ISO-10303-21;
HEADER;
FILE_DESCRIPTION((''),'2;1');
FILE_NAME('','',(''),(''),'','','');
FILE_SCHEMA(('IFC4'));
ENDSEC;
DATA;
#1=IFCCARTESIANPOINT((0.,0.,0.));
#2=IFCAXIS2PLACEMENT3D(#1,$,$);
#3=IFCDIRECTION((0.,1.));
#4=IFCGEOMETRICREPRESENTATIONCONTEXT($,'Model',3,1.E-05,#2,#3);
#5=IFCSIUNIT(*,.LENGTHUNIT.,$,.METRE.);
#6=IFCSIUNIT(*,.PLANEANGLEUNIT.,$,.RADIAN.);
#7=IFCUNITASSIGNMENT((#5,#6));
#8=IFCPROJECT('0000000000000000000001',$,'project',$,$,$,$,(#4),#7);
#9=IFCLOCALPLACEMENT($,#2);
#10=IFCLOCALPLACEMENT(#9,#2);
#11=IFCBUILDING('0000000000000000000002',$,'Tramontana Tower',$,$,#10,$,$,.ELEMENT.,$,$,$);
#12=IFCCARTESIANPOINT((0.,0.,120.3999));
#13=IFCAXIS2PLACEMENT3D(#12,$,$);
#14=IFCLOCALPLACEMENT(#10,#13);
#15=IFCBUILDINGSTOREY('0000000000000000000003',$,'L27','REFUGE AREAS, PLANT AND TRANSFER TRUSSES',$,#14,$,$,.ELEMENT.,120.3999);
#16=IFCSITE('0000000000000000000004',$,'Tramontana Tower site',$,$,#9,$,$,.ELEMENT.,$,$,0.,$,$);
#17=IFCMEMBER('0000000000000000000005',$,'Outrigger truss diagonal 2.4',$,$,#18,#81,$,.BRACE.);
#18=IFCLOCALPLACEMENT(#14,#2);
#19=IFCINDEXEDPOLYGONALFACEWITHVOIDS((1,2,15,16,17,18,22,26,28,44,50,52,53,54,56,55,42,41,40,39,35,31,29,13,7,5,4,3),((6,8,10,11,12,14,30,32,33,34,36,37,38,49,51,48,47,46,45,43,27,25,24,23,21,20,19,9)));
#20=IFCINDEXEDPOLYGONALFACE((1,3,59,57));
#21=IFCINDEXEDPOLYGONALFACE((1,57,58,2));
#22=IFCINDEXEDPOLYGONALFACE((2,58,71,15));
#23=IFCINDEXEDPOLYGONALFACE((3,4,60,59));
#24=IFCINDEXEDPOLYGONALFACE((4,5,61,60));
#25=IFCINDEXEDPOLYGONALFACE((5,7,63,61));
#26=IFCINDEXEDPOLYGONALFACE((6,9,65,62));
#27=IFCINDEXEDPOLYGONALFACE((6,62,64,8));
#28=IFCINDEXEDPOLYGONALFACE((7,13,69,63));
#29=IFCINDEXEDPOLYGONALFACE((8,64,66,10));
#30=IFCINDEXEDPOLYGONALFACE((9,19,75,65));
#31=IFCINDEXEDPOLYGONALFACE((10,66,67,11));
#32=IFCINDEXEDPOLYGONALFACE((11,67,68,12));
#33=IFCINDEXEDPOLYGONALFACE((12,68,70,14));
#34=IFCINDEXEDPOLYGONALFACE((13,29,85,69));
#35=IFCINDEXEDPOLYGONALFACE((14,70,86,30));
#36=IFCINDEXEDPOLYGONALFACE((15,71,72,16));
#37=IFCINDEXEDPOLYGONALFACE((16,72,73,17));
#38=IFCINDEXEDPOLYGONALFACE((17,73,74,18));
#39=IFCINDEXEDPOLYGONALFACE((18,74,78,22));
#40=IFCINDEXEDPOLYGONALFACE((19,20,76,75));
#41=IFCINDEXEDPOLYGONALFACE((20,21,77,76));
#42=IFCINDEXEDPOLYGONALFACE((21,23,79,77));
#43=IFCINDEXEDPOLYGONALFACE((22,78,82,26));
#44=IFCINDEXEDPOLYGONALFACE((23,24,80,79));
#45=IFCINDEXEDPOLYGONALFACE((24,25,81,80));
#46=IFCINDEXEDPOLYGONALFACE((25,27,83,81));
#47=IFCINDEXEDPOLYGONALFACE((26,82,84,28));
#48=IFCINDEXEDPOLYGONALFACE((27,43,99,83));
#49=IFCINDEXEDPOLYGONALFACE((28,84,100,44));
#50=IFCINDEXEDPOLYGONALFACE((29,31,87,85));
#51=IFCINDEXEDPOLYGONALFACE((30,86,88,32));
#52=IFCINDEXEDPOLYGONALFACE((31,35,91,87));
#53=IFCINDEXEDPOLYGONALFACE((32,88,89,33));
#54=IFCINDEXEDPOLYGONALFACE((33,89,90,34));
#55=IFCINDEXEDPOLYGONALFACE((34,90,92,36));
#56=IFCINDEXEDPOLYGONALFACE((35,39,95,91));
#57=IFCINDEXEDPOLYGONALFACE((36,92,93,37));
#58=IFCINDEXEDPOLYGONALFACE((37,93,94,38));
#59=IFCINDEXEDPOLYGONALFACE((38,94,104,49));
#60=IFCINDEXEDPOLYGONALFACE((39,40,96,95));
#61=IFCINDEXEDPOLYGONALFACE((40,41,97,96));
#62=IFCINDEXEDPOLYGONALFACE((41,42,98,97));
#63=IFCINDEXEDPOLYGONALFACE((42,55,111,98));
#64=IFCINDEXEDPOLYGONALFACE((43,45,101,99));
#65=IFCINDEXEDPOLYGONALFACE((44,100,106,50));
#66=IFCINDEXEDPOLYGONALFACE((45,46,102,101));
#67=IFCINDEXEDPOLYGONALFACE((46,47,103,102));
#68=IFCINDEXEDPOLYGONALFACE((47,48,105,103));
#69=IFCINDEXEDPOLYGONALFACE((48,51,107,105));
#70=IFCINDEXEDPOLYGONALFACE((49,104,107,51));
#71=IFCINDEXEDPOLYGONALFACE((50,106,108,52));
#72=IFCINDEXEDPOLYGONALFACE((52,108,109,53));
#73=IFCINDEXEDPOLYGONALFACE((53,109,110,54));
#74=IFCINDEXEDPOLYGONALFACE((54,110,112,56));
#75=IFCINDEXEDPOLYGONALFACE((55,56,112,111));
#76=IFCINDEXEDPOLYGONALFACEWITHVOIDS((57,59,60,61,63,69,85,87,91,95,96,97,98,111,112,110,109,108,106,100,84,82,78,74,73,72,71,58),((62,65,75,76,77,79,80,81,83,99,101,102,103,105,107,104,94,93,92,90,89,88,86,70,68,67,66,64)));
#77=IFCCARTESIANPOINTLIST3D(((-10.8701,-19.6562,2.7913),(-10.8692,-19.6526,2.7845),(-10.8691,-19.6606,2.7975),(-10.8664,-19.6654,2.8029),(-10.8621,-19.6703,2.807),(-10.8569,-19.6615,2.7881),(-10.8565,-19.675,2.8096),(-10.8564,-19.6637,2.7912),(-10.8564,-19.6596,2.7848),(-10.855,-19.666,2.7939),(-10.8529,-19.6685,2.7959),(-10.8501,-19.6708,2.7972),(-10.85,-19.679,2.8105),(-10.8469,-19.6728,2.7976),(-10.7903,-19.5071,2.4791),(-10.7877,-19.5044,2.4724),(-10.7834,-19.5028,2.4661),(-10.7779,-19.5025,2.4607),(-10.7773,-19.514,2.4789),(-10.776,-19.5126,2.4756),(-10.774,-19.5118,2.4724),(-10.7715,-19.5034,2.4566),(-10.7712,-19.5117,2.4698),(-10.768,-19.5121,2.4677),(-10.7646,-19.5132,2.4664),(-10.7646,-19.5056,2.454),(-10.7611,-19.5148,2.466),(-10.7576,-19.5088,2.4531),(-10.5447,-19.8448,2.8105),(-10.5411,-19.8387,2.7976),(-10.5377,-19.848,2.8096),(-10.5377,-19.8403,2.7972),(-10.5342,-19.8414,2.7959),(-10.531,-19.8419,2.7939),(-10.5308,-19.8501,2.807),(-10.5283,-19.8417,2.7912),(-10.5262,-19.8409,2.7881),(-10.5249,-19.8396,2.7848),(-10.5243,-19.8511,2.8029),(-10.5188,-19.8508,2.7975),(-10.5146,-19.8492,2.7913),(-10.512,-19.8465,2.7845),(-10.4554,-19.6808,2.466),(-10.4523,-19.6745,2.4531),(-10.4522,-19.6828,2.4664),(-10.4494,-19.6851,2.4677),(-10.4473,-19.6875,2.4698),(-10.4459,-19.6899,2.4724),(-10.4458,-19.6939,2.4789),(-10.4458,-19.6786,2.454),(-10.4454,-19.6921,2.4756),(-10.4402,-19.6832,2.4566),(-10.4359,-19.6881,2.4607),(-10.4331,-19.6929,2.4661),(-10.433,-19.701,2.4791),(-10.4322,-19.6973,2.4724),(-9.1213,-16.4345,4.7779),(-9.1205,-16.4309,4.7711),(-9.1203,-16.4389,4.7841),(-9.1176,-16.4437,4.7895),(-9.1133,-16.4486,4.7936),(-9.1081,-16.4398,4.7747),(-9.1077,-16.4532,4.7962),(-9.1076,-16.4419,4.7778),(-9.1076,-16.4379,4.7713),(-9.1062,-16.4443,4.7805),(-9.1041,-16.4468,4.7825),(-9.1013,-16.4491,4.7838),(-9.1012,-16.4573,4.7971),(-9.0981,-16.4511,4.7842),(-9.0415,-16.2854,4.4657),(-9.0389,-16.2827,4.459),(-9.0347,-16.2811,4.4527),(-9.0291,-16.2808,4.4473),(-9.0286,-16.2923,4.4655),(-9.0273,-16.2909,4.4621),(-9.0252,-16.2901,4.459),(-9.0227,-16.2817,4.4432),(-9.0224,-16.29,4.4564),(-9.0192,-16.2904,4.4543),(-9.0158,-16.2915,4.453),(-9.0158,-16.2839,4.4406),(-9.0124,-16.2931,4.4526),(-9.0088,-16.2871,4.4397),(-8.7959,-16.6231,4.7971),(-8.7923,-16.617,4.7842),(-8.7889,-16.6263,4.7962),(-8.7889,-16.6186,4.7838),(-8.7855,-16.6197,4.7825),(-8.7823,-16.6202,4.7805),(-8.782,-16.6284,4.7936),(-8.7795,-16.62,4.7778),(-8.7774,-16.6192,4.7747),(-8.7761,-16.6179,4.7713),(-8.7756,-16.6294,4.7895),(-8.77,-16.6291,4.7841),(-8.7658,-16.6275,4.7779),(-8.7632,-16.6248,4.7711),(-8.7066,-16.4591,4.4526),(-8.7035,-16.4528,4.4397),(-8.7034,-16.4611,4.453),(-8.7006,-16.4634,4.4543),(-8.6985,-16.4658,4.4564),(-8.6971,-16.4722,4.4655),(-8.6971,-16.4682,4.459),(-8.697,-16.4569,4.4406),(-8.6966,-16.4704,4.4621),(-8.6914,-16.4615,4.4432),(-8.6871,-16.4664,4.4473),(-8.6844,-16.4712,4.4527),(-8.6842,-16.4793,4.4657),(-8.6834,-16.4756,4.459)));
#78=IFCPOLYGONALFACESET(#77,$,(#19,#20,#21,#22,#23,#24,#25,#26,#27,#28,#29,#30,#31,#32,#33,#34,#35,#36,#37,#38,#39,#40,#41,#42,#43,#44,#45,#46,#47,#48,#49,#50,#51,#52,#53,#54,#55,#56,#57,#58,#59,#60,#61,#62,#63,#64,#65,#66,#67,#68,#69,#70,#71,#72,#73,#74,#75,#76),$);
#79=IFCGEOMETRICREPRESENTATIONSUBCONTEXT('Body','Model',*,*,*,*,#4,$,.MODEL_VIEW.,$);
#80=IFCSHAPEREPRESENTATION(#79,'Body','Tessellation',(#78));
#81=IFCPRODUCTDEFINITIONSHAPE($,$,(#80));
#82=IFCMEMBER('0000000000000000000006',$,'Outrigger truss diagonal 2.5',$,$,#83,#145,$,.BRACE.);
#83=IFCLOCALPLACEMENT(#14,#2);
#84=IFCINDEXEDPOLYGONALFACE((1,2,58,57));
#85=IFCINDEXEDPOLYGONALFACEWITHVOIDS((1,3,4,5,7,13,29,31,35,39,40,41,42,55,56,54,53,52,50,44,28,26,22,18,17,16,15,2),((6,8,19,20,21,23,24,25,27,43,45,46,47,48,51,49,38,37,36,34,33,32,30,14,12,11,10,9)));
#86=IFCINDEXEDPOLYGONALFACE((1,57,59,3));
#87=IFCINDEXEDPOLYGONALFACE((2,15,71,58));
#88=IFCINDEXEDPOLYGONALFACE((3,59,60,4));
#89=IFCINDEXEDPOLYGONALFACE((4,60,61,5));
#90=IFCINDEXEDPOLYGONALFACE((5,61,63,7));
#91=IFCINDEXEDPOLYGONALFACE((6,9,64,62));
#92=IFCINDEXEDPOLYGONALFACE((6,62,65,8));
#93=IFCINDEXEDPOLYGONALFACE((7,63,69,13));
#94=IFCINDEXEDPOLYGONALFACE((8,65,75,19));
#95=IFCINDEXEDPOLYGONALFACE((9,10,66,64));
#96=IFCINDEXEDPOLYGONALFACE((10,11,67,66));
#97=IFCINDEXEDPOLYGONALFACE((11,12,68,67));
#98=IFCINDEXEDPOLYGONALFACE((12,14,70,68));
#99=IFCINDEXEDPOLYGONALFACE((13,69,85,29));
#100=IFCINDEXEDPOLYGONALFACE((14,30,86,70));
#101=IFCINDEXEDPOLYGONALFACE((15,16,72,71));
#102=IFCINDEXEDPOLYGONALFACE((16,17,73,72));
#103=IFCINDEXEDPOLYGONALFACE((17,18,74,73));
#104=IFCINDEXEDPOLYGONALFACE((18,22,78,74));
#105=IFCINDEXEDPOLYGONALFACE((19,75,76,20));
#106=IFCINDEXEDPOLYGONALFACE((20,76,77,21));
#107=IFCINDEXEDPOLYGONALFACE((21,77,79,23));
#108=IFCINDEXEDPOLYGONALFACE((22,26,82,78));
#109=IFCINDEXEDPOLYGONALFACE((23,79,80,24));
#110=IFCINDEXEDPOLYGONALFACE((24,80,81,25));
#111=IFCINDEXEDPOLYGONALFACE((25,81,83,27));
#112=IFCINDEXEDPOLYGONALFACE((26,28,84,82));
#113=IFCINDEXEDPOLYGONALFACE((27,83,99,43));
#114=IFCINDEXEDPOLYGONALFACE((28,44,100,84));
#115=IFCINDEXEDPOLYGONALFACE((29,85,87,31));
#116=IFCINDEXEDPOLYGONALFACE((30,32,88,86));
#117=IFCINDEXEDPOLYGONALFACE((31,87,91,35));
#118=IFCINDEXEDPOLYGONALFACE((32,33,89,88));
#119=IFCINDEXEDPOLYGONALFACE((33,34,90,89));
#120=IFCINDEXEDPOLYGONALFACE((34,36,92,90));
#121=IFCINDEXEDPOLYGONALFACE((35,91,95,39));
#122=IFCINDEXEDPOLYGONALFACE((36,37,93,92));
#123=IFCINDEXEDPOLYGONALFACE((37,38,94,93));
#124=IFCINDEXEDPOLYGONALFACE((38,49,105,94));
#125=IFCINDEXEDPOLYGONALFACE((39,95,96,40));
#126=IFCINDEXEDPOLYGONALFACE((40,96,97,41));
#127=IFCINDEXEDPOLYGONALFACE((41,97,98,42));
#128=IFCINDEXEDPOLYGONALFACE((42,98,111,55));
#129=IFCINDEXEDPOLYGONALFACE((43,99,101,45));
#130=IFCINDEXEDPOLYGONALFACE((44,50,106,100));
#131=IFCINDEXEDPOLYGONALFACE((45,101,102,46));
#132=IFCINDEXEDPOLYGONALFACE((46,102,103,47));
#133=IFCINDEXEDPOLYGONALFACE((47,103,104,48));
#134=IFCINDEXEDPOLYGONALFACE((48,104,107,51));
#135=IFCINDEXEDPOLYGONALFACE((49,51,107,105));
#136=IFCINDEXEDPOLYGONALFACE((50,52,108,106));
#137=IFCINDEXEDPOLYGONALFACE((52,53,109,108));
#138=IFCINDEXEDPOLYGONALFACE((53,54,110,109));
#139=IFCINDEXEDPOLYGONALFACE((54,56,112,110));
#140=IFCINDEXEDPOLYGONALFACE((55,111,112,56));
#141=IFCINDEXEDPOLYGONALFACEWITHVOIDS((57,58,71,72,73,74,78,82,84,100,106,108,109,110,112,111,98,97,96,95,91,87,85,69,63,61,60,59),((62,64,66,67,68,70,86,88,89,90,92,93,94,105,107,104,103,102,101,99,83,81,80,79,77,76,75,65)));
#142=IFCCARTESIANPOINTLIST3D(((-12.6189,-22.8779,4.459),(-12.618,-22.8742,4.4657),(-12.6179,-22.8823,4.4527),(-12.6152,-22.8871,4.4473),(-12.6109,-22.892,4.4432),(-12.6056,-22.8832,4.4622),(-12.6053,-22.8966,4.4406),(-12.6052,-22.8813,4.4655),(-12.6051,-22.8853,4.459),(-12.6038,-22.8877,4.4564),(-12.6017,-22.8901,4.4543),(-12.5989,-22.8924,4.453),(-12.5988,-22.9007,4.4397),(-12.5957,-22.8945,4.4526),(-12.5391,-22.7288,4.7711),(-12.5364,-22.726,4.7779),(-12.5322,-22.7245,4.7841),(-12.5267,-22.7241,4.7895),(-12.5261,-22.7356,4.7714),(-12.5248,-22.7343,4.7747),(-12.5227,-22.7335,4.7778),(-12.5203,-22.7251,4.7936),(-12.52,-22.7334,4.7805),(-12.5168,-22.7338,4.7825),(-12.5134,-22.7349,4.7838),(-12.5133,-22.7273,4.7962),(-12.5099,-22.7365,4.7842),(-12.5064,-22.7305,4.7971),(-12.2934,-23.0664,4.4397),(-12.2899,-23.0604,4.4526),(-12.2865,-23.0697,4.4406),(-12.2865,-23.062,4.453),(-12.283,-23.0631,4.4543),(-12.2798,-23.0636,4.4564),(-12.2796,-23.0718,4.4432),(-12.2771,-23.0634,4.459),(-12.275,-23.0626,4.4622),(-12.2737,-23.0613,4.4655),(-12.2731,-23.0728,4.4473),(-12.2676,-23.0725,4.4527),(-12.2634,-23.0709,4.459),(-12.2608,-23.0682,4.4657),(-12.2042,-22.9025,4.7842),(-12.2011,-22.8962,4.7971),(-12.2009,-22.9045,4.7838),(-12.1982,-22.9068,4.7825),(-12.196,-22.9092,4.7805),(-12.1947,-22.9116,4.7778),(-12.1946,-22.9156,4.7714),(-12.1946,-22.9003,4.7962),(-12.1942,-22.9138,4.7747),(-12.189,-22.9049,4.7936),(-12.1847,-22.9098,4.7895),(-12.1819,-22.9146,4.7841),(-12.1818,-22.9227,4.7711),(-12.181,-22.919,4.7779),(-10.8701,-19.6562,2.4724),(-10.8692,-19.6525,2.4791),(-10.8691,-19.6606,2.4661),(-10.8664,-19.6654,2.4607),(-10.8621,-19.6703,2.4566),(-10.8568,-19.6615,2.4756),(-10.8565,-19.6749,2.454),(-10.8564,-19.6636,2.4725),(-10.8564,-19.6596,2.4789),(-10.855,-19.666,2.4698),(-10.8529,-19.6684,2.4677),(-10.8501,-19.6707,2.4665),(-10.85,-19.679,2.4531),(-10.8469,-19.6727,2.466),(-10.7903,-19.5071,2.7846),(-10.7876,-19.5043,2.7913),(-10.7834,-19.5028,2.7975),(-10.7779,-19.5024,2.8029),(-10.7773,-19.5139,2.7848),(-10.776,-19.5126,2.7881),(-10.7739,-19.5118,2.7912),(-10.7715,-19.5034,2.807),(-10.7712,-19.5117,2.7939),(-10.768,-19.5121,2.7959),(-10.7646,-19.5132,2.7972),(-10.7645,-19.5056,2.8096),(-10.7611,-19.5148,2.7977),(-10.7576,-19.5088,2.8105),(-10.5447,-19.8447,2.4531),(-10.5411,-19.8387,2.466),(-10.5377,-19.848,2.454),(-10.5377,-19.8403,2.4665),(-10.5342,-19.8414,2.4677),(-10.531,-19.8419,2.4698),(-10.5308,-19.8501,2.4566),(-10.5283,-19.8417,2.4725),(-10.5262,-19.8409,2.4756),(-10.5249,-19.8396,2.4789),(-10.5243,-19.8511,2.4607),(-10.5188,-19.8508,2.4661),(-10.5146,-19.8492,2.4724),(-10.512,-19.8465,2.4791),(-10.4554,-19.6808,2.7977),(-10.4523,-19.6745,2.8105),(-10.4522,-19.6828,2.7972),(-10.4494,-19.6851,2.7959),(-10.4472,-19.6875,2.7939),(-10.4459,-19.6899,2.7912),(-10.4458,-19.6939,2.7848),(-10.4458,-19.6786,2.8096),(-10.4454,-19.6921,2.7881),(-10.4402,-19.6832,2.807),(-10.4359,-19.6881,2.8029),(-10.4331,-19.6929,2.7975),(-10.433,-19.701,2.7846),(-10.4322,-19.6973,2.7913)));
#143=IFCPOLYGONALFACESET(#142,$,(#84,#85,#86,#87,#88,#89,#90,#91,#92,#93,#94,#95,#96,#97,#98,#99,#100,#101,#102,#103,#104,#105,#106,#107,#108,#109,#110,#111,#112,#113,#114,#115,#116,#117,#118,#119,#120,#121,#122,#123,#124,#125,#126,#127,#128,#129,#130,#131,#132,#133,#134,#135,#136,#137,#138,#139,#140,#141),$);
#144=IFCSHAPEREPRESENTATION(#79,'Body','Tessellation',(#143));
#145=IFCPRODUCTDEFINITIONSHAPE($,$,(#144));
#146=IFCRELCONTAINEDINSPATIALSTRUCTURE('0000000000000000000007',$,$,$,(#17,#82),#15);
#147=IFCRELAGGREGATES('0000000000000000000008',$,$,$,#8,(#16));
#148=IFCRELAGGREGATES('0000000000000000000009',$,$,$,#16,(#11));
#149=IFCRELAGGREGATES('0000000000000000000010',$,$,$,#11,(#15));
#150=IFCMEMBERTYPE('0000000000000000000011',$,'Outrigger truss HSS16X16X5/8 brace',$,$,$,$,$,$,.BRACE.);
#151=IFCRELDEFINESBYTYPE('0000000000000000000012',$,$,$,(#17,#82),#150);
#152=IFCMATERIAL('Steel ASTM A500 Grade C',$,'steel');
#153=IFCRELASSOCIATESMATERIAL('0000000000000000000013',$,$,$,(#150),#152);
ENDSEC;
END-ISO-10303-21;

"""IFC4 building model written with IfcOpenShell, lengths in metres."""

from ifc_helpers import new_model, si_unit, direction, frame, origin, origin_2d, place, context, subcontext, project, spatial, hollow_rectangle, extrude, material, material_profile, profile_set, type_object, element, save


model = new_model("IFC4")

# Units and contexts
model_context = context("Model", 3, precision=1e-05, world=origin(), true_north=direction((0.0, 1.0)))
body_context = subcontext(model_context, "Body", "Model", "MODEL_VIEW")
ifc_project = project(units=[si_unit("LENGTHUNIT", "METRE"), si_unit("PLANEANGLEUNIT", "RADIAN")], contexts=[model_context])

# Site, building, storey
site_placement = place(None, origin())
site = spatial("IfcSite", under=ifc_project, at=site_placement, Name="Tramontana Tower site", CompositionType="ELEMENT", RefElevation=0.0)
building_placement = place(site_placement, origin())
building = spatial("IfcBuilding", under=site, at=building_placement, Name="Tramontana Tower", CompositionType="ELEMENT")
storey_placement = place(building_placement, frame((0.0, 0.0, 120.3999)))
storey = spatial("IfcBuildingStorey", under=building, at=storey_placement, Name="L27", Description="REFUGE AREAS, PLANT AND TRANSFER TRUSSES", CompositionType="ELEMENT", Elevation=120.3999)

# Members
ifc_material_1 = material(Name="Steel ASTM A500 Grade C", Category="steel")
ifc_material_profile_1 = material_profile(ifc_material_1, hollow_rectangle(XDim=0.4065, YDim=0.4065, WallThickness=0.0146, InnerFilletRadius=0.0146, OuterFilletRadius=0.0295, at=origin_2d()), Name="HSS16X16X5/8")
ifc_profile_set_1 = profile_set([ifc_material_profile_1], Name="Steel ASTM A500 Grade C")
member_type_1 = type_object("IfcMemberType", Name="Outrigger truss HSS16X16X5/8 brace", PredefinedType="BRACE", material=ifc_profile_set_1)
for number, where, z_axis, x_axis, name in (
    (1, (-8.9023, -16.4551, 4.6184), (-0.419432, -0.772696, -0.476464), (0.878869, -0.477064, 0.0), "Outrigger truss diagonal 2.4"),
    (2, (-10.6511, -19.6768, 2.6318), (-0.419432, -0.772696, 0.476464), (0.878869, -0.477064, 0.0), "Outrigger truss diagonal 2.5"),
):
    element("IfcMember", number, at=place(storey_placement, frame(where, z_axis=z_axis, x_axis=x_axis)), inside=storey, type_object=member_type_1, Name=name, PredefinedType="BRACE", context=body_context, shape_type="SweptSolid", body=[
        extrude(hollow_rectangle(XDim=0.4065, YDim=0.4065, WallThickness=0.0146, InnerFilletRadius=0.0146, OuterFilletRadius=0.0295, at=origin_2d()), origin(), (0.0, 0.0, 1.0), 4.1694),
    ])

save(model, "model.ifc")
